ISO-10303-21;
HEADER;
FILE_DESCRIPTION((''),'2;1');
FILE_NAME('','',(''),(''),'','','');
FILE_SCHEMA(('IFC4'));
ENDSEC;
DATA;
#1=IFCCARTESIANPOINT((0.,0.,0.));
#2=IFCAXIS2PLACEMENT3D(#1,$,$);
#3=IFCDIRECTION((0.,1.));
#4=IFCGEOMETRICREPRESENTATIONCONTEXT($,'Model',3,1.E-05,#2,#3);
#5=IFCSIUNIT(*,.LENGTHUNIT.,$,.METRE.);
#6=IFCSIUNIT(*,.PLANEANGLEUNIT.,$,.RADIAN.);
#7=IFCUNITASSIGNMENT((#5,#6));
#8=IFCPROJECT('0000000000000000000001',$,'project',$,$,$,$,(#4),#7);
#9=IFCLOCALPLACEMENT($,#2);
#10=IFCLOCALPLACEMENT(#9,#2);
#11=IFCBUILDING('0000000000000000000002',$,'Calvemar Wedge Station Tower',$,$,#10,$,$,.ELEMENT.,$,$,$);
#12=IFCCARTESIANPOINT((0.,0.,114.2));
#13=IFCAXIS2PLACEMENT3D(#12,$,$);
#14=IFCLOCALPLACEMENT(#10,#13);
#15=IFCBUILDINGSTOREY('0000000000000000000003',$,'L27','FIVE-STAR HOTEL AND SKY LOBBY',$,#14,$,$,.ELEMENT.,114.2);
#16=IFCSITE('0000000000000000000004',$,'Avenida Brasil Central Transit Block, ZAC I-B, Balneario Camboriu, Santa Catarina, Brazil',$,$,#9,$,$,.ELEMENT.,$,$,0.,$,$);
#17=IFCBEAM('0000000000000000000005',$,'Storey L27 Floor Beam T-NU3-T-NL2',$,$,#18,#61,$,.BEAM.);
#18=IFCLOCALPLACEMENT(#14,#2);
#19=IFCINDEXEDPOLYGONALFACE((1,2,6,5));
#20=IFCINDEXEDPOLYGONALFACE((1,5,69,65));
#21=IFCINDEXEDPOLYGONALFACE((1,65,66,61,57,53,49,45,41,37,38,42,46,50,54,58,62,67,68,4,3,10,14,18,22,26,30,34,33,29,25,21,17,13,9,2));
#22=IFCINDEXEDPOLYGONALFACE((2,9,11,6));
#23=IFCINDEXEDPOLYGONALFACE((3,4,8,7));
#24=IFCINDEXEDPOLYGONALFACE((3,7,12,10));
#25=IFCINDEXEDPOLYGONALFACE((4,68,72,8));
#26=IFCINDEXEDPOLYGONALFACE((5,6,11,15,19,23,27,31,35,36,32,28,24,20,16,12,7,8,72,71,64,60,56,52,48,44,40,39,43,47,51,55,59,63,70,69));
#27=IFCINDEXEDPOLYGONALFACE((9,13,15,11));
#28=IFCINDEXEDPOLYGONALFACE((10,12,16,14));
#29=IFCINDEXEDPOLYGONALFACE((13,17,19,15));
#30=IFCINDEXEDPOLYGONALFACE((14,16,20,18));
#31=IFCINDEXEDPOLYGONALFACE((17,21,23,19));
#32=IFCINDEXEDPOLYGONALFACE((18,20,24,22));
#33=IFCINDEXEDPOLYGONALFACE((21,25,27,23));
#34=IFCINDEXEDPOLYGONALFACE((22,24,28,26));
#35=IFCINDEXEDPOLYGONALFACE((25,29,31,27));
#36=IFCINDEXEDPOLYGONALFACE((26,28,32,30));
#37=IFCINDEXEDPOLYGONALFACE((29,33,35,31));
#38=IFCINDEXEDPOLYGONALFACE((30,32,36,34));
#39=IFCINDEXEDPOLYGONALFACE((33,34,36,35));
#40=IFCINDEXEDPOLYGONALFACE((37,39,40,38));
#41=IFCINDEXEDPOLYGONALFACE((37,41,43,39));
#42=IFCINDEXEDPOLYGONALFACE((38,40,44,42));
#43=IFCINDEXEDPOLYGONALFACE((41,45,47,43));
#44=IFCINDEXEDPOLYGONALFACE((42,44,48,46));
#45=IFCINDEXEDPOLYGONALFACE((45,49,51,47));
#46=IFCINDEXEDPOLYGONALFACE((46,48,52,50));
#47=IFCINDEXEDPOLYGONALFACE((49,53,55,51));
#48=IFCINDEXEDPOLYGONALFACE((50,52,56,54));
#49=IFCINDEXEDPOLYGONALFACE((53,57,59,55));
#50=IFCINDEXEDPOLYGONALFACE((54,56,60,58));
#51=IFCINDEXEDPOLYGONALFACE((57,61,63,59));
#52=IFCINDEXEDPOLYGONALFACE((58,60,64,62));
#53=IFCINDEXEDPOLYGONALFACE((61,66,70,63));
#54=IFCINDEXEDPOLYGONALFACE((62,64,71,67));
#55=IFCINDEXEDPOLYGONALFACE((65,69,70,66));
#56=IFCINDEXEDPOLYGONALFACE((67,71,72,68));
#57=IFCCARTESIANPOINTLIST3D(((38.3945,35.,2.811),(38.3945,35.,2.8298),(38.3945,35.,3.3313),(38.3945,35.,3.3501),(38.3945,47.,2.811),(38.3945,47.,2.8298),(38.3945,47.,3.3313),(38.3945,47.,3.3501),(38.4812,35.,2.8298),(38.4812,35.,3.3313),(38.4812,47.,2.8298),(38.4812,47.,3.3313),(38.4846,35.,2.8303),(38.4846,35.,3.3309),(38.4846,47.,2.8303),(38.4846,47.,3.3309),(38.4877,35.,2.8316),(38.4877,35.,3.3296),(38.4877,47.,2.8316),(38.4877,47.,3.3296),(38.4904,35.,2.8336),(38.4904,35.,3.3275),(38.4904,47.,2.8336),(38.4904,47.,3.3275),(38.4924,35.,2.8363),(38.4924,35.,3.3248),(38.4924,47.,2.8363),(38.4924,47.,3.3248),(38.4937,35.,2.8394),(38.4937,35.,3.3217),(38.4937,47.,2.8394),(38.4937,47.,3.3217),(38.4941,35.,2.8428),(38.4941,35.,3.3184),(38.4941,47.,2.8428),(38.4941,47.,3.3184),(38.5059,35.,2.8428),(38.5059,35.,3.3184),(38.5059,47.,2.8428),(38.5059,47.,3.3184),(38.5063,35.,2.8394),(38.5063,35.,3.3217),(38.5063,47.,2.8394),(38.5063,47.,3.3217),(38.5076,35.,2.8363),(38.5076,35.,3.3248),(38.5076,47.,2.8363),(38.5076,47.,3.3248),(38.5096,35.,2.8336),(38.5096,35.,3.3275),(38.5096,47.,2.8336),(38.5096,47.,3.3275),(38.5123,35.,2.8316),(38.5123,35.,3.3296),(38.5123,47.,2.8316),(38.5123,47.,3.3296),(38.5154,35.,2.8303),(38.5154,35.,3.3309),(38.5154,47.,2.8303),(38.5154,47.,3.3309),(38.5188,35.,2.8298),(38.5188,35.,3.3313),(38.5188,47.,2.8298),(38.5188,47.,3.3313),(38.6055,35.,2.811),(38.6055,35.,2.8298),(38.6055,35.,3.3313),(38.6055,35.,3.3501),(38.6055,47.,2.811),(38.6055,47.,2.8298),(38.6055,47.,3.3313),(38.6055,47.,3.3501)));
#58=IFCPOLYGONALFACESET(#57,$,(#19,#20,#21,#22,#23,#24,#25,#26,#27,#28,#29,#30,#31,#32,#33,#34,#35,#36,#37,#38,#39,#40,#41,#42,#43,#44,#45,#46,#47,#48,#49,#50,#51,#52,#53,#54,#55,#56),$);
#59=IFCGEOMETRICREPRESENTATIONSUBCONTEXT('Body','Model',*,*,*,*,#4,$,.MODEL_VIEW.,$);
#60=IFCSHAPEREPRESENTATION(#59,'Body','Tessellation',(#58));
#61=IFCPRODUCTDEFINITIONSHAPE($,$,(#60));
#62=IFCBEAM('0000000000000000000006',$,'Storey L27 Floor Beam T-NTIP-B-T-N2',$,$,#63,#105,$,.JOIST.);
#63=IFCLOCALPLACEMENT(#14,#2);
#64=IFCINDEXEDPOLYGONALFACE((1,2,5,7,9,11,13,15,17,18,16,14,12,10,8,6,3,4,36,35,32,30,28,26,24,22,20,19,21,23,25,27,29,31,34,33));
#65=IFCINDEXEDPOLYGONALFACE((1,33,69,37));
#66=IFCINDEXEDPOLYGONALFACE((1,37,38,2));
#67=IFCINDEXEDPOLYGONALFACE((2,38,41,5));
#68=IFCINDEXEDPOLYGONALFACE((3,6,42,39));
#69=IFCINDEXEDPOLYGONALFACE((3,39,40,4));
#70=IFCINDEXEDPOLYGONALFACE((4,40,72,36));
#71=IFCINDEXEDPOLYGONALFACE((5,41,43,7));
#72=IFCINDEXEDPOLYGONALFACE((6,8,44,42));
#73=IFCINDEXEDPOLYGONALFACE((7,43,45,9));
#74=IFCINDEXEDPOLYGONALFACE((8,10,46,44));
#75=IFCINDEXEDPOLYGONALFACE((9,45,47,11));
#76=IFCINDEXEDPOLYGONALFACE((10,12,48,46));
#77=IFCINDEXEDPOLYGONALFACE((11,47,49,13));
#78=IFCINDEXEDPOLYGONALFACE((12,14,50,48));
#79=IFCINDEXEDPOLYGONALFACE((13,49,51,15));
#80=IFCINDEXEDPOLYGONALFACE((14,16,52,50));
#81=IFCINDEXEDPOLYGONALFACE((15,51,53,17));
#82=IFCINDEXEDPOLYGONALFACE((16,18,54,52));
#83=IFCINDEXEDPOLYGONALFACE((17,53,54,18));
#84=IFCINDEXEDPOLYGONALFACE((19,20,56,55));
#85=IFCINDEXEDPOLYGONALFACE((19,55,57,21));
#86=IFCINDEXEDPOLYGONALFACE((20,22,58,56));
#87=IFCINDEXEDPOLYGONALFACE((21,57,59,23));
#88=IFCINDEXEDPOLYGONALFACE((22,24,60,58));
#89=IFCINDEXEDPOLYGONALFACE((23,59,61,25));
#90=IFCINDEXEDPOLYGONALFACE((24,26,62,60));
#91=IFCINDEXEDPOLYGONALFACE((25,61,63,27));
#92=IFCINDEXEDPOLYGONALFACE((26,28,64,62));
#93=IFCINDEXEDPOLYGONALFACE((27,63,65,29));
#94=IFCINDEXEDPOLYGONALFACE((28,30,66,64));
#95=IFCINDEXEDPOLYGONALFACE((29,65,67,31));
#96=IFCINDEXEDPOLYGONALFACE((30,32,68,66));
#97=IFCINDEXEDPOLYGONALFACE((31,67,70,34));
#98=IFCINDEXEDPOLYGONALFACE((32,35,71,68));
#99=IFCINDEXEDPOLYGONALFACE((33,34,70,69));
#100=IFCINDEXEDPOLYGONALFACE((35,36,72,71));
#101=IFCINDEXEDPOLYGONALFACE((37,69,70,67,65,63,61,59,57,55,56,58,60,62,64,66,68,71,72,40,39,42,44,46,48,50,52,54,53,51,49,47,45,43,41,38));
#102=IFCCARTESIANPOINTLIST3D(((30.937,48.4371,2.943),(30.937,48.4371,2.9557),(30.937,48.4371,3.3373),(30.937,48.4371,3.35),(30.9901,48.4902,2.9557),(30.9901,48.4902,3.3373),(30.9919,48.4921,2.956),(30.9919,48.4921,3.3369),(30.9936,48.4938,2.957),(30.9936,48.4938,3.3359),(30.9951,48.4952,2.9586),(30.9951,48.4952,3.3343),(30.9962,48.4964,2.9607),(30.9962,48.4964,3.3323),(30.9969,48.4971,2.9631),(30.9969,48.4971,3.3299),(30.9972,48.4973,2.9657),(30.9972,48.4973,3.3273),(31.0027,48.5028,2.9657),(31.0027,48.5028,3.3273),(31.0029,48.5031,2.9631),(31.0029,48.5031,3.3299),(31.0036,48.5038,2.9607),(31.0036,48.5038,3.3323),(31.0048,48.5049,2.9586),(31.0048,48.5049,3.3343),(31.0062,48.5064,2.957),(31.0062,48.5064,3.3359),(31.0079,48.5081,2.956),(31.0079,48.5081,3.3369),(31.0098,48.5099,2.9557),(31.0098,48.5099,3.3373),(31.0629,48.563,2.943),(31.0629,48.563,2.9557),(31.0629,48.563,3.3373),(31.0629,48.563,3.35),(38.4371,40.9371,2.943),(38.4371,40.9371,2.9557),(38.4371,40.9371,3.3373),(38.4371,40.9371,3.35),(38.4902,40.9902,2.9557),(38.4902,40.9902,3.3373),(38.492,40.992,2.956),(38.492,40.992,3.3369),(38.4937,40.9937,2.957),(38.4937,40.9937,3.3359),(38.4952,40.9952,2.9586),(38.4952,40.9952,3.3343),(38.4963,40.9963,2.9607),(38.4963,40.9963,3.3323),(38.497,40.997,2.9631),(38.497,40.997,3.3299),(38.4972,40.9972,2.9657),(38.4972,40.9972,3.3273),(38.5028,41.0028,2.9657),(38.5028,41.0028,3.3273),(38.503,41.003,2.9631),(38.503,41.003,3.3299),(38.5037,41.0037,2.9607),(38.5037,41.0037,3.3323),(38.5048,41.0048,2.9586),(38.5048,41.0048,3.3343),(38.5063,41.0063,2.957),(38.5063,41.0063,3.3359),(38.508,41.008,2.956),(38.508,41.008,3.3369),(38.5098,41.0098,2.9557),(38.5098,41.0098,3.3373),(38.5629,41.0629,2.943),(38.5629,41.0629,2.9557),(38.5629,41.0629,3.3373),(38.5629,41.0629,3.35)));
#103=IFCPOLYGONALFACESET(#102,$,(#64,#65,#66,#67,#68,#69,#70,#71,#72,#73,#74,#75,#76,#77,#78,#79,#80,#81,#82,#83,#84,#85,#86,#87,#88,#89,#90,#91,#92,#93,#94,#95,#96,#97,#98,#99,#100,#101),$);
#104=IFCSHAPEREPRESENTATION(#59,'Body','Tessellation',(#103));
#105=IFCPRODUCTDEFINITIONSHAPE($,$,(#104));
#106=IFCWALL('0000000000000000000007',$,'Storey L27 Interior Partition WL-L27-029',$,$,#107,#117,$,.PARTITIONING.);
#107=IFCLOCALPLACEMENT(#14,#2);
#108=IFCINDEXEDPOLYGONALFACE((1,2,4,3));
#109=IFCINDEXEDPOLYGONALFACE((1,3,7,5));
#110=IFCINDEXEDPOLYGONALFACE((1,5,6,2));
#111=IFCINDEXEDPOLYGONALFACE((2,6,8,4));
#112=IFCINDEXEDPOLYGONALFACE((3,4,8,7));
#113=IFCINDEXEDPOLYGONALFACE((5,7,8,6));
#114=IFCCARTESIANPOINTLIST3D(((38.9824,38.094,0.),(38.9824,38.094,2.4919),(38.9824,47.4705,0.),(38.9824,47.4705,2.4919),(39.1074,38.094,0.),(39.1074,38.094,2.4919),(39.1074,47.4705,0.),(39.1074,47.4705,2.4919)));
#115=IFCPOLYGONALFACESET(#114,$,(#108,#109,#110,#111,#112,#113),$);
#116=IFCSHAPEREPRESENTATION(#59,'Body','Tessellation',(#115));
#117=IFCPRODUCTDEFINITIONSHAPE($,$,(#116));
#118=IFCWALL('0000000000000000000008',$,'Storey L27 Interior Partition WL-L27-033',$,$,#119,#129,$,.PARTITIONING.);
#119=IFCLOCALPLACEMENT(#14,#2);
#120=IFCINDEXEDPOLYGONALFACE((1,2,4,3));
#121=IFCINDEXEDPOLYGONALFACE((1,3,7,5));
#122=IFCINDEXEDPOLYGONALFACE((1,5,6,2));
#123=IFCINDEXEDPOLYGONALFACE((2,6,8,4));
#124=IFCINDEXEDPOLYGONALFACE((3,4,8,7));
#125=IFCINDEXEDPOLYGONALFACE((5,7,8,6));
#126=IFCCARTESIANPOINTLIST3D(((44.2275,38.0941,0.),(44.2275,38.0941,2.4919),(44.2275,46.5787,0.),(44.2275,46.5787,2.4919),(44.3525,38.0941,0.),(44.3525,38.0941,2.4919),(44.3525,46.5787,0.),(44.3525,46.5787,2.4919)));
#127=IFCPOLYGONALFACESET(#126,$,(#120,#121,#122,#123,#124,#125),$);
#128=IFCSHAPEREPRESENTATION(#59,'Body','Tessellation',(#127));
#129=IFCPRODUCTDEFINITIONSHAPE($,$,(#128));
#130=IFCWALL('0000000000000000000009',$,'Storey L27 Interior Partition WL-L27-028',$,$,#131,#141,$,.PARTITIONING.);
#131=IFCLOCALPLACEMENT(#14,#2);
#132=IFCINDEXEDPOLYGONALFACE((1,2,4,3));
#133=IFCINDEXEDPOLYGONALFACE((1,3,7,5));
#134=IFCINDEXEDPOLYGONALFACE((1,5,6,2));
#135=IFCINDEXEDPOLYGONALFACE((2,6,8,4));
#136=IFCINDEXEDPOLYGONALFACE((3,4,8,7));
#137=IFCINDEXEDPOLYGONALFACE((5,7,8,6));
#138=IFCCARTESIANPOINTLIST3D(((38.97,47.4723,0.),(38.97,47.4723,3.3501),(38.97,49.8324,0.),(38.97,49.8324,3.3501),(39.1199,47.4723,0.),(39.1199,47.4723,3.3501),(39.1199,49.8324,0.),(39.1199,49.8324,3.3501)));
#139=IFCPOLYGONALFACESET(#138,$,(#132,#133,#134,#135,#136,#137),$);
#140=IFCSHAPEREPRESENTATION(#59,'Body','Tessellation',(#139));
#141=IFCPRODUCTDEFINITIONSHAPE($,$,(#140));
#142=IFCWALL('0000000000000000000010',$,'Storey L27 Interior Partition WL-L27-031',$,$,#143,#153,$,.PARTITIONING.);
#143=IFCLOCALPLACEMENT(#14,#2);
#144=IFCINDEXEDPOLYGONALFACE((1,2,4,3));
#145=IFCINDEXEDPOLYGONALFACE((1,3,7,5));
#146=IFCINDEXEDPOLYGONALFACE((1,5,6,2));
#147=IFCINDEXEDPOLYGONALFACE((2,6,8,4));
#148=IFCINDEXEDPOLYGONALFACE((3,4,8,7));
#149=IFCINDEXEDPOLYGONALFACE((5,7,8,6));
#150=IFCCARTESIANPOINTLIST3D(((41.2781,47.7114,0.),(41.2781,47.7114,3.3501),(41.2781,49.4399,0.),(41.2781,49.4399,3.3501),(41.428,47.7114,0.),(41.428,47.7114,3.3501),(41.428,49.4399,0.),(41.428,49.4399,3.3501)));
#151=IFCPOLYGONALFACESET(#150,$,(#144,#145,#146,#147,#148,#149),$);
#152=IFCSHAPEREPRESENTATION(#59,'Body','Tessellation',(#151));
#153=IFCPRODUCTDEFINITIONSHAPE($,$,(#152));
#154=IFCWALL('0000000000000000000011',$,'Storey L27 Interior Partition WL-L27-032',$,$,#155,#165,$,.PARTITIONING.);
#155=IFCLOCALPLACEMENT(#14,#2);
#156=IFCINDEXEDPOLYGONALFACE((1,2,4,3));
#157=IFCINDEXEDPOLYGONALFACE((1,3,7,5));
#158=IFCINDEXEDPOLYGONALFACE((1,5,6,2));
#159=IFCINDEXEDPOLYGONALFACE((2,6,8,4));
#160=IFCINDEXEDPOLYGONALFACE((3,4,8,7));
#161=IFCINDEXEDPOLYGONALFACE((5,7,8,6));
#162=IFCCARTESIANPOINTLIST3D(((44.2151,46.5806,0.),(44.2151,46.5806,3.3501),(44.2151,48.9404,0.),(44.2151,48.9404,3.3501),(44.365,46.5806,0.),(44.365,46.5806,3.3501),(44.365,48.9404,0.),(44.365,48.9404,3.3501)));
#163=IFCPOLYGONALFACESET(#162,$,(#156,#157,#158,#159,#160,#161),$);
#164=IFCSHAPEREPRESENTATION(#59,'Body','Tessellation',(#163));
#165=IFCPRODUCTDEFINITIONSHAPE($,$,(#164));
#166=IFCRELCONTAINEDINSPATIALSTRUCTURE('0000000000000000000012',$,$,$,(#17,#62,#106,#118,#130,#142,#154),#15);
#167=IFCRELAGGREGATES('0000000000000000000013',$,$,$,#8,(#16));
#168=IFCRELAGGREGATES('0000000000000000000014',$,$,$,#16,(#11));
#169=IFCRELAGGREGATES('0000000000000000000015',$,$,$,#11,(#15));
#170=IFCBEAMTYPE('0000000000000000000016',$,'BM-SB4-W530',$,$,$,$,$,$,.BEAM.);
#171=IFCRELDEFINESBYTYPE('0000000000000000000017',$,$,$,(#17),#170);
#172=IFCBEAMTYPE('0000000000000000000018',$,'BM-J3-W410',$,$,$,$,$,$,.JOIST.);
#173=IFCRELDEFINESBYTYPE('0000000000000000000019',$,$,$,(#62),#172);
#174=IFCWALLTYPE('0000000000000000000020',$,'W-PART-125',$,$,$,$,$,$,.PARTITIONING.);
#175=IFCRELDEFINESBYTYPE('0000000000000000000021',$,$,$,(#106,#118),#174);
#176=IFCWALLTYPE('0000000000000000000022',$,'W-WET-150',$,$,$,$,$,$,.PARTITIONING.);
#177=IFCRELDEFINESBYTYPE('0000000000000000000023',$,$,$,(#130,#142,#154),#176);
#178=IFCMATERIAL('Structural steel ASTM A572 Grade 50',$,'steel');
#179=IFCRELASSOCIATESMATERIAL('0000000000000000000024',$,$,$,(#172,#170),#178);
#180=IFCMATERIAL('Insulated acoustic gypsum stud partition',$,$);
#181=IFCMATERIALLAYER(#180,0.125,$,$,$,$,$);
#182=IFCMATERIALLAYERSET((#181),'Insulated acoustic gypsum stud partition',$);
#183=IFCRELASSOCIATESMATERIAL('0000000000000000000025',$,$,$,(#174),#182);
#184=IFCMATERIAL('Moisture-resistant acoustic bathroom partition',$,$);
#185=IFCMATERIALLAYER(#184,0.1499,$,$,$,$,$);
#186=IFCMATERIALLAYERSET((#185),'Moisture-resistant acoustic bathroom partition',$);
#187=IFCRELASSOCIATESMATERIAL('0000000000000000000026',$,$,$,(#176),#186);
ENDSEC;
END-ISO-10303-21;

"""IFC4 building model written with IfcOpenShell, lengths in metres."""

from ifc_helpers import new_model, si_unit, direction, frame, frame_2d, origin, origin_2d, place, context, subcontext, project, spatial, rectangle, i_section, extrude, source, transform, mapped, material, layer, layer_set, material_profile, profile_set, type_object, element, save


model = new_model("IFC4")

# Units and contexts
model_context = context("Model", 3, precision=1e-05, world=origin(), true_north=direction((0.0, 1.0)))
body_context = subcontext(model_context, "Body", "Model", "MODEL_VIEW")
ifc_project = project(units=[si_unit("LENGTHUNIT", "METRE"), si_unit("PLANEANGLEUNIT", "RADIAN")], contexts=[model_context])

# Site, building, storey
site_placement = place(None, origin())
site = spatial("IfcSite", under=ifc_project, at=site_placement, Name="Avenida Brasil Central Transit Block, ZAC I-B, Balneario Camboriu, Santa Catarina, Brazil", CompositionType="ELEMENT", RefElevation=0.0)
building_placement = place(site_placement, origin())
building = spatial("IfcBuilding", under=site, at=building_placement, Name="Calvemar Wedge Station Tower", CompositionType="ELEMENT")
storey_placement = place(building_placement, frame((0.0, 0.0, 114.2)))
storey = spatial("IfcBuildingStorey", under=building, at=storey_placement, Name="L27", Description="FIVE-STAR HOTEL AND SKY LOBBY", CompositionType="ELEMENT", Elevation=114.2)

# Shared definitions
ifc_material_1 = material(Name="Structural steel ASTM A572 Grade 50", Category="steel")

# Beams
ifc_material_profile_1 = material_profile(ifc_material_1, i_section(OverallWidth=0.178, OverallDepth=0.407, WebThickness=0.0078, FlangeThickness=0.0127, FilletRadius=0.01, at=origin_2d()), Name="W410x60")
ifc_profile_set_1 = profile_set([ifc_material_profile_1], Name="Structural steel ASTM A572 Grade 50")
beam_type_1 = type_object("IfcBeamType", Name="BM-J3-W410", PredefinedType="JOIST", material=ifc_profile_set_1)
ifc_material_profile_2 = material_profile(ifc_material_1, i_section(OverallWidth=0.2109, OverallDepth=0.5391, WebThickness=0.0117, FlangeThickness=0.0188, FilletRadius=0.0129, at=origin_2d()), Name="W530x109")
ifc_profile_set_2 = profile_set([ifc_material_profile_2], Name="Structural steel ASTM A572 Grade 50")
beam_type_2 = type_object("IfcBeamType", Name="BM-SB4-W530", PredefinedType="BEAM", material=ifc_profile_set_2)
shared_shape_1 = source(origin(), body_context, "Body", "SweptSolid", [
    extrude(i_section(OverallWidth=0.2109, OverallDepth=0.5391, WebThickness=0.0117, FlangeThickness=0.0188, FilletRadius=0.0129, at=origin_2d()), origin(), (0.0, 0.0, 1.0), 12.0),
])
beam_1_placement = place(storey_placement, frame((38.5, 47.0, 3.0806), z_axis=(0.0, -1.0, 0.0), x_axis=(1.0, 0.0, 0.0)))
element("IfcBeam", 1, at=beam_1_placement, inside=storey, type_object=beam_type_2, Name="Storey L27 Floor Beam T-NU3-T-NL2", PredefinedType="BEAM", context=body_context, shape_type="MappedRepresentation", body=[
    mapped(shared_shape_1, transform((0.0, 0.0, 0.0), scale=1.0)),
])
shared_shape_2 = source(origin(), body_context, "Body", "SweptSolid", [
    extrude(i_section(OverallWidth=0.178, OverallDepth=0.407, WebThickness=0.0078, FlangeThickness=0.0127, FilletRadius=0.01, at=origin_2d()), origin(), (0.0, 0.0, 1.0), 10.6067),
])
beam_2_placement = place(storey_placement, frame((38.5, 41.0, 3.1465), z_axis=(-0.707107, 0.707107, 0.0), x_axis=(-0.707107, -0.707107, 0.0)))
element("IfcBeam", 2, at=beam_2_placement, inside=storey, type_object=beam_type_1, Name="Storey L27 Floor Beam T-NTIP-B-T-N2", PredefinedType="JOIST", context=body_context, shape_type="MappedRepresentation", body=[
    mapped(shared_shape_2, transform((0.0, 0.0, 0.0), scale=1.0)),
])

# Walls
ifc_material_2 = material(Name="Insulated acoustic gypsum stud partition")
ifc_layer_1 = layer(ifc_material_2, 0.125)
ifc_layer_set_1 = layer_set([ifc_layer_1], Name="Insulated acoustic gypsum stud partition")
wall_type_1 = type_object("IfcWallType", Name="W-PART-125", PredefinedType="PARTITIONING", material=ifc_layer_set_1)
wall_1_placement = place(storey_placement, frame((39.0449, 47.4705, 0.0), z_axis=(0.0, 0.0, 1.0), x_axis=(0.0, -1.0, 0.0)))
element("IfcWall", 3, at=wall_1_placement, inside=storey, type_object=wall_type_1, Name="Storey L27 Interior Partition WL-L27-029", PredefinedType="PARTITIONING", context=body_context, shape_type="SweptSolid", body=[
    extrude(rectangle(XDim=9.3765, YDim=0.125, at=frame_2d((4.6882, 0.0))), origin(), (0.0, 0.0, 1.0), 2.4919),
])
wall_2_placement = place(storey_placement, frame((44.29, 46.5786, 0.0), z_axis=(0.0, 0.0, 1.0), x_axis=(0.0, -1.0, 0.0)))
element("IfcWall", 4, at=wall_2_placement, inside=storey, type_object=wall_type_1, Name="Storey L27 Interior Partition WL-L27-033", PredefinedType="PARTITIONING", context=body_context, shape_type="SweptSolid", body=[
    extrude(rectangle(XDim=8.4846, YDim=0.125, at=frame_2d((4.2422, 0.0))), origin(), (0.0, 0.0, 1.0), 2.4919),
])
ifc_material_3 = material(Name="Moisture-resistant acoustic bathroom partition")
ifc_layer_2 = layer(ifc_material_3, 0.1499)
ifc_layer_set_2 = layer_set([ifc_layer_2], Name="Moisture-resistant acoustic bathroom partition")
wall_type_2 = type_object("IfcWallType", Name="W-WET-150", PredefinedType="PARTITIONING", material=ifc_layer_set_2)
wall_3_placement = place(storey_placement, frame((39.0449, 49.8325, 0.0), z_axis=(0.0, 0.0, 1.0), x_axis=(0.0, -1.0, 0.0)))
element("IfcWall", 5, at=wall_3_placement, inside=storey, type_object=wall_type_2, Name="Storey L27 Interior Partition WL-L27-028", PredefinedType="PARTITIONING", context=body_context, shape_type="SweptSolid", body=[
    extrude(rectangle(XDim=2.3601, YDim=0.1499, at=frame_2d((1.1802, 0.0))), origin(), (0.0, 0.0, 1.0), 3.3501),
])

# Walls
wall_4_placement = place(storey_placement, frame((41.353, 49.4399, 0.0), z_axis=(0.0, 0.0, 1.0), x_axis=(0.0, -1.0, 0.0)))
element("IfcWall", 6, at=wall_4_placement, inside=storey, type_object=wall_type_2, Name="Storey L27 Interior Partition WL-L27-031", PredefinedType="PARTITIONING", context=body_context, shape_type="SweptSolid", body=[
    extrude(rectangle(XDim=1.7285, YDim=0.1499, at=frame_2d((0.8643, 0.0))), origin(), (0.0, 0.0, 1.0), 3.3501),
])
wall_5_placement = place(storey_placement, frame((44.29, 48.9404, 0.0), z_axis=(0.0, 0.0, 1.0), x_axis=(0.0, -1.0, 0.0)))
element("IfcWall", 7, at=wall_5_placement, inside=storey, type_object=wall_type_2, Name="Storey L27 Interior Partition WL-L27-032", PredefinedType="PARTITIONING", context=body_context, shape_type="SweptSolid", body=[
    extrude(rectangle(XDim=2.3599, YDim=0.1499, at=frame_2d((1.1799, 0.0))), origin(), (0.0, 0.0, 1.0), 3.3501),
])

save(model, "model.ifc")
